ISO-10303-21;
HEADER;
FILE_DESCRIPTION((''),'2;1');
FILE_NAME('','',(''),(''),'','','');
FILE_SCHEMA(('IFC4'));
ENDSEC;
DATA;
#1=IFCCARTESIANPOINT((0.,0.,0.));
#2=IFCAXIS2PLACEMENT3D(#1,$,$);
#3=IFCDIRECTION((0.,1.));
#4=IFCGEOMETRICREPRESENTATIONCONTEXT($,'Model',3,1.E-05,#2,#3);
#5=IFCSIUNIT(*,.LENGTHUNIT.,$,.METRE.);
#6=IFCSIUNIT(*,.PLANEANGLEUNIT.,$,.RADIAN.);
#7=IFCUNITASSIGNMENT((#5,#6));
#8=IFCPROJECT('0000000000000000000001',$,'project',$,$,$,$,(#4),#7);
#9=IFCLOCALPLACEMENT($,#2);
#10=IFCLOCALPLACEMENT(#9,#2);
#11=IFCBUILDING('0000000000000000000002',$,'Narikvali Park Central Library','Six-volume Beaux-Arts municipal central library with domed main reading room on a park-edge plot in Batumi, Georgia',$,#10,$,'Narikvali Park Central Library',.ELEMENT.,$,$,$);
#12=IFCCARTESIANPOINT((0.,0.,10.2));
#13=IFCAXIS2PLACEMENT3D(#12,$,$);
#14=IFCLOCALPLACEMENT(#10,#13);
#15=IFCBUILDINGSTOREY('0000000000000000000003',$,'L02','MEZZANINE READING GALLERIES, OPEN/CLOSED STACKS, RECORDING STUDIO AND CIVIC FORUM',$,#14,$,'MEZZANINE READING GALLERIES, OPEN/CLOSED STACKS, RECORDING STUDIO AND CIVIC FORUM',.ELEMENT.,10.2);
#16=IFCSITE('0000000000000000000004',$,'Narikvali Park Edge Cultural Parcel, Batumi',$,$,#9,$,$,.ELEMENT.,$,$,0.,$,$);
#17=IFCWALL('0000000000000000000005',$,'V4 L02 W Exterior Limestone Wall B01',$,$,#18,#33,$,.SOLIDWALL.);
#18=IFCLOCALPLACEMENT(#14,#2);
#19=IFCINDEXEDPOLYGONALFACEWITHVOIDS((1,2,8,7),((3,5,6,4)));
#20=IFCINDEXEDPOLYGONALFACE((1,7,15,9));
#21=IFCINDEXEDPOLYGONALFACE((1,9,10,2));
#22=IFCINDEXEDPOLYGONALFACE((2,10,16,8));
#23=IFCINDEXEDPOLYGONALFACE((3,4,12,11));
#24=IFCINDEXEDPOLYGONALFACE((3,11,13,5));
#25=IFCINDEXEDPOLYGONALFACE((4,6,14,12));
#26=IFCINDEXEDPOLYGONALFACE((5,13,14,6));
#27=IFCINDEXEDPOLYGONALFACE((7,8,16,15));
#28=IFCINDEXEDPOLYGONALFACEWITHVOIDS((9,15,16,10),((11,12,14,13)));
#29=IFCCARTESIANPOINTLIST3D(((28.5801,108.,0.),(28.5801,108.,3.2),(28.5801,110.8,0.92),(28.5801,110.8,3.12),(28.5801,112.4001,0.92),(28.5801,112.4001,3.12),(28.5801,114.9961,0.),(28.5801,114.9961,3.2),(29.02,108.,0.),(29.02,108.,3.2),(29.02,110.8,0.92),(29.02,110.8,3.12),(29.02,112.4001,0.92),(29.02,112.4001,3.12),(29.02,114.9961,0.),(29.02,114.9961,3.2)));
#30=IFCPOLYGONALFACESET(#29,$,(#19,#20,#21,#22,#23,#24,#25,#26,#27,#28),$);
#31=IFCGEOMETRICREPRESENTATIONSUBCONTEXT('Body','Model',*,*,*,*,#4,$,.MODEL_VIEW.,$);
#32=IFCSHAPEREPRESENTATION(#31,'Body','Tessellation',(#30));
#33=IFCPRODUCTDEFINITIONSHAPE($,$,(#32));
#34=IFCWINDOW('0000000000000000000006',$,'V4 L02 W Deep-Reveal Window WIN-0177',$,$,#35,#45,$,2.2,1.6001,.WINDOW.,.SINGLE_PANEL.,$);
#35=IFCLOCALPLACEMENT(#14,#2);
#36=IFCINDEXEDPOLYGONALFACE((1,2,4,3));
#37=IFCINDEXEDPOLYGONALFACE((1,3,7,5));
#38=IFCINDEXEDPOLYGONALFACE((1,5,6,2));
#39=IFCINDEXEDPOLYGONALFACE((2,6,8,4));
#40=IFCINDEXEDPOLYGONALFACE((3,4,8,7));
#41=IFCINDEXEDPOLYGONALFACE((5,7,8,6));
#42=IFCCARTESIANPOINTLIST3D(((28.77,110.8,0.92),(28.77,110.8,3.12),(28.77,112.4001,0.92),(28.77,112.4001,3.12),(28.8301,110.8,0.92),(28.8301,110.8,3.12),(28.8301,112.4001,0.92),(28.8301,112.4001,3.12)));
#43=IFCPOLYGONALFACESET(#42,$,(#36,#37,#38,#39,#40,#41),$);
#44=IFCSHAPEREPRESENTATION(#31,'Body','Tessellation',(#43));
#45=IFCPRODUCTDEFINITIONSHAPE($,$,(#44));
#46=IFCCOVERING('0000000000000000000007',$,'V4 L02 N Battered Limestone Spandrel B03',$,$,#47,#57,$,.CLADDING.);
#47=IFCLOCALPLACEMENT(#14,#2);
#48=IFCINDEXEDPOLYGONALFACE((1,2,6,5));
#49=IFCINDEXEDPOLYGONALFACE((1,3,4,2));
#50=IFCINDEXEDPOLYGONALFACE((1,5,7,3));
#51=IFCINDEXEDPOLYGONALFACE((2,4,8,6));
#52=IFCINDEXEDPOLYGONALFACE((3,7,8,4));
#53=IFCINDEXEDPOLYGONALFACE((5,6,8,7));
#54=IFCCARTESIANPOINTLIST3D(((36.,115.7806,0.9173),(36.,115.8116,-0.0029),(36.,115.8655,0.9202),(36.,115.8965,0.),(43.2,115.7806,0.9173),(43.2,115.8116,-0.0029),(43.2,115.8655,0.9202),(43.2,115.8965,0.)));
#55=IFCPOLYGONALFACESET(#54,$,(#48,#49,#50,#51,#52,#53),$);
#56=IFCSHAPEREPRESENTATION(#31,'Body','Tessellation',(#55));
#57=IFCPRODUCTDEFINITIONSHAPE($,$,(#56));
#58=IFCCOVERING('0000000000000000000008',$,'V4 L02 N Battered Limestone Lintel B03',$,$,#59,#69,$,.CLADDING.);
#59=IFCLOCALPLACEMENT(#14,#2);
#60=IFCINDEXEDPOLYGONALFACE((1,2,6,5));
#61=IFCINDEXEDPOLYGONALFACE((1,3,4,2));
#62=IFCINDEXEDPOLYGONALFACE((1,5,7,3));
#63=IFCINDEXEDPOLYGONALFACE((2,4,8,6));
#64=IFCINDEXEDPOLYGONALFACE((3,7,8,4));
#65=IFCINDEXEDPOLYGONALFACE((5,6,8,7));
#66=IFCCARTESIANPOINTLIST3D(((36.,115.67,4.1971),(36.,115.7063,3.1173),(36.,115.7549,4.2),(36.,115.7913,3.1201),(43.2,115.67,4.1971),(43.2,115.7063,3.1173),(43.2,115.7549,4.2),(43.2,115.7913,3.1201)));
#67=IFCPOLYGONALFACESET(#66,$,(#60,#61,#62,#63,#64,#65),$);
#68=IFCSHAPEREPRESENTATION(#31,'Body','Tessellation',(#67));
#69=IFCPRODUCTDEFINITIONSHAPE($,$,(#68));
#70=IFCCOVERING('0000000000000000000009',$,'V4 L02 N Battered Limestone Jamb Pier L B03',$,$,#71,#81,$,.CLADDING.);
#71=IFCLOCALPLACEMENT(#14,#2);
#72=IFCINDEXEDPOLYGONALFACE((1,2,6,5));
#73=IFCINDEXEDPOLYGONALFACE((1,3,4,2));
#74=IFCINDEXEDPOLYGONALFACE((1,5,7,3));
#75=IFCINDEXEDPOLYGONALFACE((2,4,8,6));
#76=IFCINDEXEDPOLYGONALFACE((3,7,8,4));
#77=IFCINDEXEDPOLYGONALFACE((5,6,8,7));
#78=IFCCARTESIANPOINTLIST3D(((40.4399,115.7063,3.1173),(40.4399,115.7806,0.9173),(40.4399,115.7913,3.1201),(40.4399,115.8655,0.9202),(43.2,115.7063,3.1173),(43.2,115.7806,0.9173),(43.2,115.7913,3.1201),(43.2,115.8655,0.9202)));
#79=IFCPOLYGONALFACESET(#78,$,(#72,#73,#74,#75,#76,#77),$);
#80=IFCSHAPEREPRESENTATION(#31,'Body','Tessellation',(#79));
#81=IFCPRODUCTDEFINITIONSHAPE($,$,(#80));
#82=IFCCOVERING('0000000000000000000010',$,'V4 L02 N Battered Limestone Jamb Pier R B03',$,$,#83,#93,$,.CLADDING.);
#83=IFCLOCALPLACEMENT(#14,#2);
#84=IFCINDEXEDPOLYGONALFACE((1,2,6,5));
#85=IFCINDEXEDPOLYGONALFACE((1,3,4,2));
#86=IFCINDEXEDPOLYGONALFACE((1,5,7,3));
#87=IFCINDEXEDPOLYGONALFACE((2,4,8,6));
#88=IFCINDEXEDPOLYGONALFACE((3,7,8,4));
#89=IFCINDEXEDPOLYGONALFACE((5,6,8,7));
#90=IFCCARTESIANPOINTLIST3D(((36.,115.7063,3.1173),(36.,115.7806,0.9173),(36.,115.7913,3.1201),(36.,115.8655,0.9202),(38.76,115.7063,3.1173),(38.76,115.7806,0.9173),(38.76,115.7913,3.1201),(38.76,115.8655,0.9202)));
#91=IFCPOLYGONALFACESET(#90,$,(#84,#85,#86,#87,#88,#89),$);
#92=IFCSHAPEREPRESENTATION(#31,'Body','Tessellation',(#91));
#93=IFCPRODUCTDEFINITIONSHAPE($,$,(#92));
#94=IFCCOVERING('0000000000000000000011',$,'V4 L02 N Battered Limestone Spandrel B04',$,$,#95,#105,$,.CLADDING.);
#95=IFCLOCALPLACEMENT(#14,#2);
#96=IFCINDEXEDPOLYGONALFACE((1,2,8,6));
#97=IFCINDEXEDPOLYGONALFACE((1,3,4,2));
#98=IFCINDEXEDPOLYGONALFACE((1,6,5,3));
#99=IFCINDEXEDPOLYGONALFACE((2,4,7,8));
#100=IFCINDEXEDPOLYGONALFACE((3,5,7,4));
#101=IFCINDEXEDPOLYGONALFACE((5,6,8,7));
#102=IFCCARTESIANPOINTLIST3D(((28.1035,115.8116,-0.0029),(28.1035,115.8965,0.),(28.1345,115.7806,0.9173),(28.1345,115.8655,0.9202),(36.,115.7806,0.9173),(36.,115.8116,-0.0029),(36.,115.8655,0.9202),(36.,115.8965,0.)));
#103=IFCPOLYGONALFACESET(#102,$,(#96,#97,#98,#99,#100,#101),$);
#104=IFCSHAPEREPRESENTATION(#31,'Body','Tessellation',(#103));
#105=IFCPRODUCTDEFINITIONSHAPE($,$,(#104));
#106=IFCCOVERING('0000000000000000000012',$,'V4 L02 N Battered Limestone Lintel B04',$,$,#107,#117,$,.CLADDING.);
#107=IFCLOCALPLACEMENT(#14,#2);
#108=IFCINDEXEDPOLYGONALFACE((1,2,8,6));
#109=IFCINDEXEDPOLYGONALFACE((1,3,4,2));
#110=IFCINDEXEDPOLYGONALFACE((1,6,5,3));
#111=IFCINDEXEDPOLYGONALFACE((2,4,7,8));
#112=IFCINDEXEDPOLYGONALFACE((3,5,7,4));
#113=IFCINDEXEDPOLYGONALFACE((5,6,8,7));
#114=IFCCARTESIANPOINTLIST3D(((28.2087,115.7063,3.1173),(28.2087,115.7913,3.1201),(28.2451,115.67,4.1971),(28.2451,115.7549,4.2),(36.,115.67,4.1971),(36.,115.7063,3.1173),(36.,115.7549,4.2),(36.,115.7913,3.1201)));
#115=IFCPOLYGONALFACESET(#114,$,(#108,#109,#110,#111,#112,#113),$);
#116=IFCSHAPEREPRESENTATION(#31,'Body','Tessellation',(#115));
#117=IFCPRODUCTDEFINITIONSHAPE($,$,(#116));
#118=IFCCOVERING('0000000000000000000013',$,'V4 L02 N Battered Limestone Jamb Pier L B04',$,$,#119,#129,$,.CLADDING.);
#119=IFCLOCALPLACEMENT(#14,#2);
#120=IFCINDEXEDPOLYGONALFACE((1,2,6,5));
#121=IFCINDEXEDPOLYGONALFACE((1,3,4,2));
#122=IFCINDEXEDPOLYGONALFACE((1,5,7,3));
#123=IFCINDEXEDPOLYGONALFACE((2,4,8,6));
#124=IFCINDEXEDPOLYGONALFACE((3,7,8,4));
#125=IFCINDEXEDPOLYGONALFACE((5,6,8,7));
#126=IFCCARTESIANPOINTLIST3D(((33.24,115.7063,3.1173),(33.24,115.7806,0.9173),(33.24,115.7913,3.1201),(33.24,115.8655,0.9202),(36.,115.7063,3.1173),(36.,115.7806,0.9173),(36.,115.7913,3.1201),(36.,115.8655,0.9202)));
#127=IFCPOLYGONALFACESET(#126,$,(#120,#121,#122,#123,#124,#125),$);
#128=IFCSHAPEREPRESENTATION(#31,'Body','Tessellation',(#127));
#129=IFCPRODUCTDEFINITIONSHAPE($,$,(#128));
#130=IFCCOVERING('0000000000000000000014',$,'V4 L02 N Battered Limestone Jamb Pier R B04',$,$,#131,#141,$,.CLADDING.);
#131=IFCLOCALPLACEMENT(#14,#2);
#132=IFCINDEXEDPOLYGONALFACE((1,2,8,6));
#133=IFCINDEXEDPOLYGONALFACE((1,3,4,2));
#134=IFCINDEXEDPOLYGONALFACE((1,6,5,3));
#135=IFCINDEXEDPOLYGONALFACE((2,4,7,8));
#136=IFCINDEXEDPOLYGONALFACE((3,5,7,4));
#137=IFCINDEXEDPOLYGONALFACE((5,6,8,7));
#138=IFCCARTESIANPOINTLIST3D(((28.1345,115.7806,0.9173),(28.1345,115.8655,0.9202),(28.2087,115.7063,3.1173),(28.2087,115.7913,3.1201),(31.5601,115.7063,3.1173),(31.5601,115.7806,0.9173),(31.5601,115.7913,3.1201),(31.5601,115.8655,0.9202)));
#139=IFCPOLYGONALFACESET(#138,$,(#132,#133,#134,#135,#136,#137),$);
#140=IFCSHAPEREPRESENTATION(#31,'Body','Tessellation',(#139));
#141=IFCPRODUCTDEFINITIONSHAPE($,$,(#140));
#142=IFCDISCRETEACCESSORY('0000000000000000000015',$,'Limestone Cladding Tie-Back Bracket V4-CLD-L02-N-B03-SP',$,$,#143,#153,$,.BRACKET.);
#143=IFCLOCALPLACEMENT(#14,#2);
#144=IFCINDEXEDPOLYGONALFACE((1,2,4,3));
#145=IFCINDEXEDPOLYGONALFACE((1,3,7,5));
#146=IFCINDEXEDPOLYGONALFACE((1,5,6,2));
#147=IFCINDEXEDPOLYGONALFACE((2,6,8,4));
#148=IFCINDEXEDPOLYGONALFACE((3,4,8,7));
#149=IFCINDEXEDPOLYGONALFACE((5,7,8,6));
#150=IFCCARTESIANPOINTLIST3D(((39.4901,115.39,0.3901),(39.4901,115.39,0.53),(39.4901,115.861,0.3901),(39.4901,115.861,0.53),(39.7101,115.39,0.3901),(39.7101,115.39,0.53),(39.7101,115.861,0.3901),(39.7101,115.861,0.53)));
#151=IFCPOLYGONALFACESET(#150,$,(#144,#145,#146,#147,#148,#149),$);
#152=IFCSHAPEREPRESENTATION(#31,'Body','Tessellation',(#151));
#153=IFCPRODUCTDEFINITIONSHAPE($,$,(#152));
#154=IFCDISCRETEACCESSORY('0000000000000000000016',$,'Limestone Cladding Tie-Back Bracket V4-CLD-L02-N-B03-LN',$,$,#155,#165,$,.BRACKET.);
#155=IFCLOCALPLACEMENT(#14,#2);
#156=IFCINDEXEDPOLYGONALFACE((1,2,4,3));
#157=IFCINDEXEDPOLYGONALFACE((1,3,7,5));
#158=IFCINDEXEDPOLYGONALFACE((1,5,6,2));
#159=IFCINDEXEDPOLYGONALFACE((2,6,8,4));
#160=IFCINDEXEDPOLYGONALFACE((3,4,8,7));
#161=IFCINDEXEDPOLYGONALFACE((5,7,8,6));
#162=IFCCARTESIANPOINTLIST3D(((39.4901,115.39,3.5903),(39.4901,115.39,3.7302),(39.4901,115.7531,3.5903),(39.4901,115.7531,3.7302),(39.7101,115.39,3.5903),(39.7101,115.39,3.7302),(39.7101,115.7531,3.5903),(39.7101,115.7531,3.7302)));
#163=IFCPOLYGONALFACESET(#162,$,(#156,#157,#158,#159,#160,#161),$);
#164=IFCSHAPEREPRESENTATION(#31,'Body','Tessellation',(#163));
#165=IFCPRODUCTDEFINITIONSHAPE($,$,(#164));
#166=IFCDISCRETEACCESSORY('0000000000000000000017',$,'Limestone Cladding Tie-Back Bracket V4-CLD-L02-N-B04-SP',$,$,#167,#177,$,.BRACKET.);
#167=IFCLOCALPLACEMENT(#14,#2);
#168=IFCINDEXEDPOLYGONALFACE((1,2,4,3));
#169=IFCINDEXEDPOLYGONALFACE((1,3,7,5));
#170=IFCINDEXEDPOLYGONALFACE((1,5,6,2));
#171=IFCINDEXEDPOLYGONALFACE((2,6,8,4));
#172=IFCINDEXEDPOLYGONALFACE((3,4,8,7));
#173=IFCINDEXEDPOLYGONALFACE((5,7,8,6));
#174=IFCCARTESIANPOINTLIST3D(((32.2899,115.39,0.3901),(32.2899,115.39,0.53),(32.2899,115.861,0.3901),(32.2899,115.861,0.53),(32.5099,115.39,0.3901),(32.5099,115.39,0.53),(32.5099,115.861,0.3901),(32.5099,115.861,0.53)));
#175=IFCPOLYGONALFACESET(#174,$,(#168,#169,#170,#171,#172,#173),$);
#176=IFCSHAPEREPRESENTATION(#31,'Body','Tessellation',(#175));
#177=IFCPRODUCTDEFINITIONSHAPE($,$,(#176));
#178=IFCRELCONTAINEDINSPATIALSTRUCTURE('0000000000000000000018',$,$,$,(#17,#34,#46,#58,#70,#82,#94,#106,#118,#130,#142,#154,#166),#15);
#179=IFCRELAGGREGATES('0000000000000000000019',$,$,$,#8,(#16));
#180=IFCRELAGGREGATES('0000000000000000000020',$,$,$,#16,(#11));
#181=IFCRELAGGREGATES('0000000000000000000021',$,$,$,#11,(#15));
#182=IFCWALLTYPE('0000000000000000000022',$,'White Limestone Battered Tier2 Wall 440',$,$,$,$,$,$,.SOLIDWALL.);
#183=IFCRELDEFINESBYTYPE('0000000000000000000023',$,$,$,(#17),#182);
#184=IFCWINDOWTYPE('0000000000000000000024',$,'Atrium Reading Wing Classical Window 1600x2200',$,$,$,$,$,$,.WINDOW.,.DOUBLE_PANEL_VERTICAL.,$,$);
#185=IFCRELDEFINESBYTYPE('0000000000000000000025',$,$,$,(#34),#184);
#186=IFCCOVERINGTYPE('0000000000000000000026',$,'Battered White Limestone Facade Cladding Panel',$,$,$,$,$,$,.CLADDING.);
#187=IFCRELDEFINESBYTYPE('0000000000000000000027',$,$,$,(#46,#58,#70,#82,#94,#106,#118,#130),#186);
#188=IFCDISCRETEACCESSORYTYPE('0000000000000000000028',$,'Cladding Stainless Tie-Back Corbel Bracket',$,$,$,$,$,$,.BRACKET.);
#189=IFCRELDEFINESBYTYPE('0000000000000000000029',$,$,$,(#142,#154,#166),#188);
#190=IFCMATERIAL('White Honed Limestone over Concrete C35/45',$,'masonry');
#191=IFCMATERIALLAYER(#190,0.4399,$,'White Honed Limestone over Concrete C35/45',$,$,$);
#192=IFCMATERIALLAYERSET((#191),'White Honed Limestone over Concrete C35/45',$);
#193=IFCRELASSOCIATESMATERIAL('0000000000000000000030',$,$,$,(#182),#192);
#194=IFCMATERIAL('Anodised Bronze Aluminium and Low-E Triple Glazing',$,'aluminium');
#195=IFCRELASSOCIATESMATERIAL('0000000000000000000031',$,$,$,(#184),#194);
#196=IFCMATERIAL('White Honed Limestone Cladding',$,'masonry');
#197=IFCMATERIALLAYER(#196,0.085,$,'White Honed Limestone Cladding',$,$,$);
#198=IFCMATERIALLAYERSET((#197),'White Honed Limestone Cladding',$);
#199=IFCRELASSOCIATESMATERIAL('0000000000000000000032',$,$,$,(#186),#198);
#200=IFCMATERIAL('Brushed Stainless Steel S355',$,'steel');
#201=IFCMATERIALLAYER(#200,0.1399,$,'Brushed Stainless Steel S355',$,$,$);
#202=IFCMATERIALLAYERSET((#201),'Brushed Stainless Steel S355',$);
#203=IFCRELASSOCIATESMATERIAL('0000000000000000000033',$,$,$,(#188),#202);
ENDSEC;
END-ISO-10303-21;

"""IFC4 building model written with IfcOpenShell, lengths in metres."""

from ifc_helpers import new_model, si_unit, direction, frame, frame_2d, origin, origin_2d, place, context, subcontext, project, spatial, polyline, rectangle, outline, extrude, material, layer, layer_set, type_object, element, fill, save


model = new_model("IFC4")

# Units and contexts
model_context = context("Model", 3, precision=1e-05, world=origin(), true_north=direction((0.0, 1.0)))
body_context = subcontext(model_context, "Body", "Model", "MODEL_VIEW")
ifc_project = project(units=[si_unit("LENGTHUNIT", "METRE"), si_unit("PLANEANGLEUNIT", "RADIAN")], contexts=[model_context])

# Site, building, storey
site_placement = place(None, origin())
site = spatial("IfcSite", under=ifc_project, at=site_placement, Name="Narikvali Park Edge Cultural Parcel, Batumi", CompositionType="ELEMENT", RefElevation=0.0)
building_placement = place(site_placement, origin())
building = spatial("IfcBuilding", under=site, at=building_placement, Name="Narikvali Park Central Library", Description="Six-volume Beaux-Arts municipal central library with domed main reading room on a park-edge plot in Batumi, Georgia", LongName="Narikvali Park Central Library", CompositionType="ELEMENT")
storey_placement = place(building_placement, frame((0.0, 0.0, 10.2)))
storey = spatial("IfcBuildingStorey", under=building, at=storey_placement, Name="L02", Description="MEZZANINE READING GALLERIES, OPEN/CLOSED STACKS, RECORDING STUDIO AND CIVIC FORUM", LongName="MEZZANINE READING GALLERIES, OPEN/CLOSED STACKS, RECORDING STUDIO AND CIVIC FORUM", CompositionType="ELEMENT", Elevation=10.2)

# Wall, opening, window
ifc_material_1 = material(Name="White Honed Limestone over Concrete C35/45", Category="masonry")
ifc_layer_1 = layer(ifc_material_1, 0.4399, Name="White Honed Limestone over Concrete C35/45")
ifc_layer_set_1 = layer_set([ifc_layer_1], Name="White Honed Limestone over Concrete C35/45")
wall_type = type_object("IfcWallType", Name="White Limestone Battered Tier2 Wall 440", PredefinedType="SOLIDWALL", material=ifc_layer_set_1)
ifc_material_2 = material(Name="Anodised Bronze Aluminium and Low-E Triple Glazing", Category="aluminium")
window_type = type_object("IfcWindowType", Name="Atrium Reading Wing Classical Window 1600x2200", PartitioningType="DOUBLE_PANEL_VERTICAL", PredefinedType="WINDOW", material=ifc_material_2)
wall_1_placement = place(storey_placement, frame((28.8, 114.9961, 0.0), z_axis=(0.0, 0.0, 1.0), x_axis=(0.0, -1.0, 0.0)))
wall_1 = element("IfcWall", 1, at=wall_1_placement, inside=storey, type_object=wall_type, Name="V4 L02 W Exterior Limestone Wall B01", PredefinedType="SOLIDWALL", context=body_context, shape_type="SweptSolid", body=[
    extrude(rectangle(XDim=6.9961, YDim=0.4399, at=frame_2d((3.498, 0.0))), origin(), (0.0, 0.0, 1.0), 3.2),
])
opening_1_placement = place(wall_1_placement, frame((2.5959, 0.0, 0.9199)))
opening_1 = element("IfcOpeningElement", 2, at=opening_1_placement, cuts=wall_1, PredefinedType="OPENING", context=body_context, shape_type="SweptSolid", body=[
    extrude(rectangle(XDim=1.6001, YDim=2.2, at=frame_2d((0.8, 1.1001))), frame((0.0, 0.2319, 0.0), z_axis=(0.0, -1.0, 0.0), x_axis=(1.0, 0.0, 0.0)), (0.0, 0.0, 1.0), 0.4639),
])
window_1_placement = place(opening_1_placement, origin())
window_1 = element("IfcWindow", 3, at=window_1_placement, inside=storey, type_object=window_type, Name="V4 L02 W Deep-Reveal Window WIN-0177", OverallHeight=2.2, OverallWidth=1.6001, PartitioningType="SINGLE_PANEL", PredefinedType="WINDOW", context=body_context, shape_type="SweptSolid", body=[
    extrude(rectangle(XDim=1.6001, YDim=2.2, at=frame_2d((0.8, 1.1001))), frame((0.0, 0.03, 0.0), z_axis=(0.0, -1.0, 0.0), x_axis=(1.0, 0.0, 0.0)), (0.0, 0.0, 1.0), 0.0601),
])
fill(opening_1, window_1)

# Coverings
ifc_material_3 = material(Name="White Honed Limestone Cladding", Category="masonry")
ifc_layer_2 = layer(ifc_material_3, 0.085, Name="White Honed Limestone Cladding")
ifc_layer_set_2 = layer_set([ifc_layer_2], Name="White Honed Limestone Cladding")
covering_type = type_object("IfcCoveringType", Name="Battered White Limestone Facade Cladding Panel", PredefinedType="CLADDING", material=ifc_layer_set_2)
covering_1_placement = place(storey_placement, frame((43.2, 115.8965, 0.0), z_axis=(0.0, 0.999433, 0.033677), x_axis=(-1.0, 0.0, 0.0)))
element("IfcCovering", 4, at=covering_1_placement, inside=storey, type_object=covering_type, Name="V4 L02 N Battered Limestone Spandrel B03", PredefinedType="CLADDING", context=body_context, shape_type="SweptSolid", body=[
    extrude(outline(polyline([(0.0, 0.0), (7.2, 0.0), (7.2, 0.9207), (0.0, 0.9207), (0.0, 0.0)])), origin(), (0.0, 0.0, -1.0), 0.085),
])
covering_2_placement = place(storey_placement, frame((43.2, 115.7913, 3.1201), z_axis=(0.0, 0.999433, 0.033668), x_axis=(-1.0, 0.0, 0.0)))
element("IfcCovering", 5, at=covering_2_placement, inside=storey, type_object=covering_type, Name="V4 L02 N Battered Limestone Lintel B03", PredefinedType="CLADDING", context=body_context, shape_type="SweptSolid", body=[
    extrude(outline(polyline([(0.0, 0.0), (7.2, 0.0), (7.2, 1.0804), (0.0, 1.0804), (0.0, 0.0)])), origin(), (0.0, 0.0, -1.0), 0.085),
])
for number, where, z_axis, x_axis, name in (
    (6, (43.2, 115.8655, 0.9202), (0.0, 0.999431, 0.033717), (-1.0, 0.0, 0.0), "V4 L02 N Battered Limestone Jamb Pier L B03"),
    (7, (38.76, 115.8655, 0.9202), (0.0, 0.999431, 0.033717), (-1.0, 0.0, 0.0), "V4 L02 N Battered Limestone Jamb Pier R B03"),
):
    element("IfcCovering", number, at=place(storey_placement, frame(where, z_axis=z_axis, x_axis=x_axis)), inside=storey, type_object=covering_type, Name=name, PredefinedType="CLADDING", context=body_context, shape_type="SweptSolid", body=[
        extrude(outline(polyline([(0.0, 0.0), (2.76, 0.0), (2.76, 2.2012), (0.0, 2.2012), (0.0, 0.0)])), origin(), (0.0, 0.0, -1.0), 0.085),
    ])
covering_3_placement = place(storey_placement, frame((36.0, 115.8965, 0.0), z_axis=(0.0, 0.999433, 0.033677), x_axis=(-1.0, 0.0, 0.0)))
element("IfcCovering", 8, at=covering_3_placement, inside=storey, type_object=covering_type, Name="V4 L02 N Battered Limestone Spandrel B04", PredefinedType="CLADDING", context=body_context, shape_type="SweptSolid", body=[
    extrude(outline(polyline([(0.0, 0.0), (7.8965, 0.0), (7.8655, 0.9207), (0.0, 0.9207), (0.0, 0.0)])), origin(), (0.0, 0.0, -1.0), 0.085),
])
covering_4_placement = place(storey_placement, frame((36.0, 115.7913, 3.1201), z_axis=(0.0, 0.999433, 0.033668), x_axis=(-1.0, 0.0, 0.0)))
element("IfcCovering", 9, at=covering_4_placement, inside=storey, type_object=covering_type, Name="V4 L02 N Battered Limestone Lintel B04", PredefinedType="CLADDING", context=body_context, shape_type="SweptSolid", body=[
    extrude(outline(polyline([(0.0, 0.0), (7.7913, 0.0), (7.7549, 1.0804), (0.0, 1.0804), (0.0, 0.0)])), origin(), (0.0, 0.0, -1.0), 0.085),
])
covering_5_placement = place(storey_placement, frame((36.0, 115.8655, 0.9202), z_axis=(0.0, 0.999431, 0.033717), x_axis=(-1.0, 0.0, 0.0)))
element("IfcCovering", 10, at=covering_5_placement, inside=storey, type_object=covering_type, Name="V4 L02 N Battered Limestone Jamb Pier L B04", PredefinedType="CLADDING", context=body_context, shape_type="SweptSolid", body=[
    extrude(outline(polyline([(0.0, 0.0), (2.76, 0.0), (2.76, 2.2012), (0.0, 2.2012), (0.0, 0.0)])), origin(), (0.0, 0.0, -1.0), 0.085),
])
covering_6_placement = place(storey_placement, frame((31.5601, 115.8655, 0.9202), z_axis=(0.0, 0.999431, 0.033717), x_axis=(-1.0, 0.0, 0.0)))
element("IfcCovering", 11, at=covering_6_placement, inside=storey, type_object=covering_type, Name="V4 L02 N Battered Limestone Jamb Pier R B04", PredefinedType="CLADDING", context=body_context, shape_type="SweptSolid", body=[
    extrude(outline(polyline([(0.0, 0.0), (3.4255, 0.0), (3.3513, 2.2012), (0.0, 2.2012), (0.0, 0.0)])), origin(), (0.0, 0.0, -1.0), 0.085),
])

# Discrete accessories
ifc_material_4 = material(Name="Brushed Stainless Steel S355", Category="steel")
ifc_layer_3 = layer(ifc_material_4, 0.1399, Name="Brushed Stainless Steel S355")
ifc_layer_set_3 = layer_set([ifc_layer_3], Name="Brushed Stainless Steel S355")
discrete_accessory_type = type_object("IfcDiscreteAccessoryType", Name="Cladding Stainless Tie-Back Corbel Bracket", PredefinedType="BRACKET", material=ifc_layer_set_3)
discrete_accessory_1_placement = place(storey_placement, frame((39.6001, 115.6255, 0.3901), z_axis=(0.0, 0.0, 1.0), x_axis=(1.0, 0.0, 0.0)))
element("IfcDiscreteAccessory", 12, at=discrete_accessory_1_placement, inside=storey, type_object=discrete_accessory_type, Name="Limestone Cladding Tie-Back Bracket V4-CLD-L02-N-B03-SP", PredefinedType="BRACKET", context=body_context, shape_type="SweptSolid", body=[
    extrude(rectangle(XDim=0.22, YDim=0.4709, at=origin_2d()), origin(), (0.0, 0.0, 1.0), 0.1399),
])
discrete_accessory_2_placement = place(storey_placement, frame((39.6001, 115.5715, 3.5903), z_axis=(0.0, 0.0, 1.0), x_axis=(1.0, 0.0, 0.0)))
element("IfcDiscreteAccessory", 13, at=discrete_accessory_2_placement, inside=storey, type_object=discrete_accessory_type, Name="Limestone Cladding Tie-Back Bracket V4-CLD-L02-N-B03-LN", PredefinedType="BRACKET", context=body_context, shape_type="SweptSolid", body=[
    extrude(rectangle(XDim=0.22, YDim=0.363, at=origin_2d()), origin(), (0.0, 0.0, 1.0), 0.1399),
])
discrete_accessory_3_placement = place(storey_placement, frame((32.3999, 115.6255, 0.3901), z_axis=(0.0, 0.0, 1.0), x_axis=(1.0, 0.0, 0.0)))
element("IfcDiscreteAccessory", 14, at=discrete_accessory_3_placement, inside=storey, type_object=discrete_accessory_type, Name="Limestone Cladding Tie-Back Bracket V4-CLD-L02-N-B04-SP", PredefinedType="BRACKET", context=body_context, shape_type="SweptSolid", body=[
    extrude(rectangle(XDim=0.22, YDim=0.4709, at=origin_2d()), origin(), (0.0, 0.0, 1.0), 0.1399),
])

save(model, "model.ifc")
